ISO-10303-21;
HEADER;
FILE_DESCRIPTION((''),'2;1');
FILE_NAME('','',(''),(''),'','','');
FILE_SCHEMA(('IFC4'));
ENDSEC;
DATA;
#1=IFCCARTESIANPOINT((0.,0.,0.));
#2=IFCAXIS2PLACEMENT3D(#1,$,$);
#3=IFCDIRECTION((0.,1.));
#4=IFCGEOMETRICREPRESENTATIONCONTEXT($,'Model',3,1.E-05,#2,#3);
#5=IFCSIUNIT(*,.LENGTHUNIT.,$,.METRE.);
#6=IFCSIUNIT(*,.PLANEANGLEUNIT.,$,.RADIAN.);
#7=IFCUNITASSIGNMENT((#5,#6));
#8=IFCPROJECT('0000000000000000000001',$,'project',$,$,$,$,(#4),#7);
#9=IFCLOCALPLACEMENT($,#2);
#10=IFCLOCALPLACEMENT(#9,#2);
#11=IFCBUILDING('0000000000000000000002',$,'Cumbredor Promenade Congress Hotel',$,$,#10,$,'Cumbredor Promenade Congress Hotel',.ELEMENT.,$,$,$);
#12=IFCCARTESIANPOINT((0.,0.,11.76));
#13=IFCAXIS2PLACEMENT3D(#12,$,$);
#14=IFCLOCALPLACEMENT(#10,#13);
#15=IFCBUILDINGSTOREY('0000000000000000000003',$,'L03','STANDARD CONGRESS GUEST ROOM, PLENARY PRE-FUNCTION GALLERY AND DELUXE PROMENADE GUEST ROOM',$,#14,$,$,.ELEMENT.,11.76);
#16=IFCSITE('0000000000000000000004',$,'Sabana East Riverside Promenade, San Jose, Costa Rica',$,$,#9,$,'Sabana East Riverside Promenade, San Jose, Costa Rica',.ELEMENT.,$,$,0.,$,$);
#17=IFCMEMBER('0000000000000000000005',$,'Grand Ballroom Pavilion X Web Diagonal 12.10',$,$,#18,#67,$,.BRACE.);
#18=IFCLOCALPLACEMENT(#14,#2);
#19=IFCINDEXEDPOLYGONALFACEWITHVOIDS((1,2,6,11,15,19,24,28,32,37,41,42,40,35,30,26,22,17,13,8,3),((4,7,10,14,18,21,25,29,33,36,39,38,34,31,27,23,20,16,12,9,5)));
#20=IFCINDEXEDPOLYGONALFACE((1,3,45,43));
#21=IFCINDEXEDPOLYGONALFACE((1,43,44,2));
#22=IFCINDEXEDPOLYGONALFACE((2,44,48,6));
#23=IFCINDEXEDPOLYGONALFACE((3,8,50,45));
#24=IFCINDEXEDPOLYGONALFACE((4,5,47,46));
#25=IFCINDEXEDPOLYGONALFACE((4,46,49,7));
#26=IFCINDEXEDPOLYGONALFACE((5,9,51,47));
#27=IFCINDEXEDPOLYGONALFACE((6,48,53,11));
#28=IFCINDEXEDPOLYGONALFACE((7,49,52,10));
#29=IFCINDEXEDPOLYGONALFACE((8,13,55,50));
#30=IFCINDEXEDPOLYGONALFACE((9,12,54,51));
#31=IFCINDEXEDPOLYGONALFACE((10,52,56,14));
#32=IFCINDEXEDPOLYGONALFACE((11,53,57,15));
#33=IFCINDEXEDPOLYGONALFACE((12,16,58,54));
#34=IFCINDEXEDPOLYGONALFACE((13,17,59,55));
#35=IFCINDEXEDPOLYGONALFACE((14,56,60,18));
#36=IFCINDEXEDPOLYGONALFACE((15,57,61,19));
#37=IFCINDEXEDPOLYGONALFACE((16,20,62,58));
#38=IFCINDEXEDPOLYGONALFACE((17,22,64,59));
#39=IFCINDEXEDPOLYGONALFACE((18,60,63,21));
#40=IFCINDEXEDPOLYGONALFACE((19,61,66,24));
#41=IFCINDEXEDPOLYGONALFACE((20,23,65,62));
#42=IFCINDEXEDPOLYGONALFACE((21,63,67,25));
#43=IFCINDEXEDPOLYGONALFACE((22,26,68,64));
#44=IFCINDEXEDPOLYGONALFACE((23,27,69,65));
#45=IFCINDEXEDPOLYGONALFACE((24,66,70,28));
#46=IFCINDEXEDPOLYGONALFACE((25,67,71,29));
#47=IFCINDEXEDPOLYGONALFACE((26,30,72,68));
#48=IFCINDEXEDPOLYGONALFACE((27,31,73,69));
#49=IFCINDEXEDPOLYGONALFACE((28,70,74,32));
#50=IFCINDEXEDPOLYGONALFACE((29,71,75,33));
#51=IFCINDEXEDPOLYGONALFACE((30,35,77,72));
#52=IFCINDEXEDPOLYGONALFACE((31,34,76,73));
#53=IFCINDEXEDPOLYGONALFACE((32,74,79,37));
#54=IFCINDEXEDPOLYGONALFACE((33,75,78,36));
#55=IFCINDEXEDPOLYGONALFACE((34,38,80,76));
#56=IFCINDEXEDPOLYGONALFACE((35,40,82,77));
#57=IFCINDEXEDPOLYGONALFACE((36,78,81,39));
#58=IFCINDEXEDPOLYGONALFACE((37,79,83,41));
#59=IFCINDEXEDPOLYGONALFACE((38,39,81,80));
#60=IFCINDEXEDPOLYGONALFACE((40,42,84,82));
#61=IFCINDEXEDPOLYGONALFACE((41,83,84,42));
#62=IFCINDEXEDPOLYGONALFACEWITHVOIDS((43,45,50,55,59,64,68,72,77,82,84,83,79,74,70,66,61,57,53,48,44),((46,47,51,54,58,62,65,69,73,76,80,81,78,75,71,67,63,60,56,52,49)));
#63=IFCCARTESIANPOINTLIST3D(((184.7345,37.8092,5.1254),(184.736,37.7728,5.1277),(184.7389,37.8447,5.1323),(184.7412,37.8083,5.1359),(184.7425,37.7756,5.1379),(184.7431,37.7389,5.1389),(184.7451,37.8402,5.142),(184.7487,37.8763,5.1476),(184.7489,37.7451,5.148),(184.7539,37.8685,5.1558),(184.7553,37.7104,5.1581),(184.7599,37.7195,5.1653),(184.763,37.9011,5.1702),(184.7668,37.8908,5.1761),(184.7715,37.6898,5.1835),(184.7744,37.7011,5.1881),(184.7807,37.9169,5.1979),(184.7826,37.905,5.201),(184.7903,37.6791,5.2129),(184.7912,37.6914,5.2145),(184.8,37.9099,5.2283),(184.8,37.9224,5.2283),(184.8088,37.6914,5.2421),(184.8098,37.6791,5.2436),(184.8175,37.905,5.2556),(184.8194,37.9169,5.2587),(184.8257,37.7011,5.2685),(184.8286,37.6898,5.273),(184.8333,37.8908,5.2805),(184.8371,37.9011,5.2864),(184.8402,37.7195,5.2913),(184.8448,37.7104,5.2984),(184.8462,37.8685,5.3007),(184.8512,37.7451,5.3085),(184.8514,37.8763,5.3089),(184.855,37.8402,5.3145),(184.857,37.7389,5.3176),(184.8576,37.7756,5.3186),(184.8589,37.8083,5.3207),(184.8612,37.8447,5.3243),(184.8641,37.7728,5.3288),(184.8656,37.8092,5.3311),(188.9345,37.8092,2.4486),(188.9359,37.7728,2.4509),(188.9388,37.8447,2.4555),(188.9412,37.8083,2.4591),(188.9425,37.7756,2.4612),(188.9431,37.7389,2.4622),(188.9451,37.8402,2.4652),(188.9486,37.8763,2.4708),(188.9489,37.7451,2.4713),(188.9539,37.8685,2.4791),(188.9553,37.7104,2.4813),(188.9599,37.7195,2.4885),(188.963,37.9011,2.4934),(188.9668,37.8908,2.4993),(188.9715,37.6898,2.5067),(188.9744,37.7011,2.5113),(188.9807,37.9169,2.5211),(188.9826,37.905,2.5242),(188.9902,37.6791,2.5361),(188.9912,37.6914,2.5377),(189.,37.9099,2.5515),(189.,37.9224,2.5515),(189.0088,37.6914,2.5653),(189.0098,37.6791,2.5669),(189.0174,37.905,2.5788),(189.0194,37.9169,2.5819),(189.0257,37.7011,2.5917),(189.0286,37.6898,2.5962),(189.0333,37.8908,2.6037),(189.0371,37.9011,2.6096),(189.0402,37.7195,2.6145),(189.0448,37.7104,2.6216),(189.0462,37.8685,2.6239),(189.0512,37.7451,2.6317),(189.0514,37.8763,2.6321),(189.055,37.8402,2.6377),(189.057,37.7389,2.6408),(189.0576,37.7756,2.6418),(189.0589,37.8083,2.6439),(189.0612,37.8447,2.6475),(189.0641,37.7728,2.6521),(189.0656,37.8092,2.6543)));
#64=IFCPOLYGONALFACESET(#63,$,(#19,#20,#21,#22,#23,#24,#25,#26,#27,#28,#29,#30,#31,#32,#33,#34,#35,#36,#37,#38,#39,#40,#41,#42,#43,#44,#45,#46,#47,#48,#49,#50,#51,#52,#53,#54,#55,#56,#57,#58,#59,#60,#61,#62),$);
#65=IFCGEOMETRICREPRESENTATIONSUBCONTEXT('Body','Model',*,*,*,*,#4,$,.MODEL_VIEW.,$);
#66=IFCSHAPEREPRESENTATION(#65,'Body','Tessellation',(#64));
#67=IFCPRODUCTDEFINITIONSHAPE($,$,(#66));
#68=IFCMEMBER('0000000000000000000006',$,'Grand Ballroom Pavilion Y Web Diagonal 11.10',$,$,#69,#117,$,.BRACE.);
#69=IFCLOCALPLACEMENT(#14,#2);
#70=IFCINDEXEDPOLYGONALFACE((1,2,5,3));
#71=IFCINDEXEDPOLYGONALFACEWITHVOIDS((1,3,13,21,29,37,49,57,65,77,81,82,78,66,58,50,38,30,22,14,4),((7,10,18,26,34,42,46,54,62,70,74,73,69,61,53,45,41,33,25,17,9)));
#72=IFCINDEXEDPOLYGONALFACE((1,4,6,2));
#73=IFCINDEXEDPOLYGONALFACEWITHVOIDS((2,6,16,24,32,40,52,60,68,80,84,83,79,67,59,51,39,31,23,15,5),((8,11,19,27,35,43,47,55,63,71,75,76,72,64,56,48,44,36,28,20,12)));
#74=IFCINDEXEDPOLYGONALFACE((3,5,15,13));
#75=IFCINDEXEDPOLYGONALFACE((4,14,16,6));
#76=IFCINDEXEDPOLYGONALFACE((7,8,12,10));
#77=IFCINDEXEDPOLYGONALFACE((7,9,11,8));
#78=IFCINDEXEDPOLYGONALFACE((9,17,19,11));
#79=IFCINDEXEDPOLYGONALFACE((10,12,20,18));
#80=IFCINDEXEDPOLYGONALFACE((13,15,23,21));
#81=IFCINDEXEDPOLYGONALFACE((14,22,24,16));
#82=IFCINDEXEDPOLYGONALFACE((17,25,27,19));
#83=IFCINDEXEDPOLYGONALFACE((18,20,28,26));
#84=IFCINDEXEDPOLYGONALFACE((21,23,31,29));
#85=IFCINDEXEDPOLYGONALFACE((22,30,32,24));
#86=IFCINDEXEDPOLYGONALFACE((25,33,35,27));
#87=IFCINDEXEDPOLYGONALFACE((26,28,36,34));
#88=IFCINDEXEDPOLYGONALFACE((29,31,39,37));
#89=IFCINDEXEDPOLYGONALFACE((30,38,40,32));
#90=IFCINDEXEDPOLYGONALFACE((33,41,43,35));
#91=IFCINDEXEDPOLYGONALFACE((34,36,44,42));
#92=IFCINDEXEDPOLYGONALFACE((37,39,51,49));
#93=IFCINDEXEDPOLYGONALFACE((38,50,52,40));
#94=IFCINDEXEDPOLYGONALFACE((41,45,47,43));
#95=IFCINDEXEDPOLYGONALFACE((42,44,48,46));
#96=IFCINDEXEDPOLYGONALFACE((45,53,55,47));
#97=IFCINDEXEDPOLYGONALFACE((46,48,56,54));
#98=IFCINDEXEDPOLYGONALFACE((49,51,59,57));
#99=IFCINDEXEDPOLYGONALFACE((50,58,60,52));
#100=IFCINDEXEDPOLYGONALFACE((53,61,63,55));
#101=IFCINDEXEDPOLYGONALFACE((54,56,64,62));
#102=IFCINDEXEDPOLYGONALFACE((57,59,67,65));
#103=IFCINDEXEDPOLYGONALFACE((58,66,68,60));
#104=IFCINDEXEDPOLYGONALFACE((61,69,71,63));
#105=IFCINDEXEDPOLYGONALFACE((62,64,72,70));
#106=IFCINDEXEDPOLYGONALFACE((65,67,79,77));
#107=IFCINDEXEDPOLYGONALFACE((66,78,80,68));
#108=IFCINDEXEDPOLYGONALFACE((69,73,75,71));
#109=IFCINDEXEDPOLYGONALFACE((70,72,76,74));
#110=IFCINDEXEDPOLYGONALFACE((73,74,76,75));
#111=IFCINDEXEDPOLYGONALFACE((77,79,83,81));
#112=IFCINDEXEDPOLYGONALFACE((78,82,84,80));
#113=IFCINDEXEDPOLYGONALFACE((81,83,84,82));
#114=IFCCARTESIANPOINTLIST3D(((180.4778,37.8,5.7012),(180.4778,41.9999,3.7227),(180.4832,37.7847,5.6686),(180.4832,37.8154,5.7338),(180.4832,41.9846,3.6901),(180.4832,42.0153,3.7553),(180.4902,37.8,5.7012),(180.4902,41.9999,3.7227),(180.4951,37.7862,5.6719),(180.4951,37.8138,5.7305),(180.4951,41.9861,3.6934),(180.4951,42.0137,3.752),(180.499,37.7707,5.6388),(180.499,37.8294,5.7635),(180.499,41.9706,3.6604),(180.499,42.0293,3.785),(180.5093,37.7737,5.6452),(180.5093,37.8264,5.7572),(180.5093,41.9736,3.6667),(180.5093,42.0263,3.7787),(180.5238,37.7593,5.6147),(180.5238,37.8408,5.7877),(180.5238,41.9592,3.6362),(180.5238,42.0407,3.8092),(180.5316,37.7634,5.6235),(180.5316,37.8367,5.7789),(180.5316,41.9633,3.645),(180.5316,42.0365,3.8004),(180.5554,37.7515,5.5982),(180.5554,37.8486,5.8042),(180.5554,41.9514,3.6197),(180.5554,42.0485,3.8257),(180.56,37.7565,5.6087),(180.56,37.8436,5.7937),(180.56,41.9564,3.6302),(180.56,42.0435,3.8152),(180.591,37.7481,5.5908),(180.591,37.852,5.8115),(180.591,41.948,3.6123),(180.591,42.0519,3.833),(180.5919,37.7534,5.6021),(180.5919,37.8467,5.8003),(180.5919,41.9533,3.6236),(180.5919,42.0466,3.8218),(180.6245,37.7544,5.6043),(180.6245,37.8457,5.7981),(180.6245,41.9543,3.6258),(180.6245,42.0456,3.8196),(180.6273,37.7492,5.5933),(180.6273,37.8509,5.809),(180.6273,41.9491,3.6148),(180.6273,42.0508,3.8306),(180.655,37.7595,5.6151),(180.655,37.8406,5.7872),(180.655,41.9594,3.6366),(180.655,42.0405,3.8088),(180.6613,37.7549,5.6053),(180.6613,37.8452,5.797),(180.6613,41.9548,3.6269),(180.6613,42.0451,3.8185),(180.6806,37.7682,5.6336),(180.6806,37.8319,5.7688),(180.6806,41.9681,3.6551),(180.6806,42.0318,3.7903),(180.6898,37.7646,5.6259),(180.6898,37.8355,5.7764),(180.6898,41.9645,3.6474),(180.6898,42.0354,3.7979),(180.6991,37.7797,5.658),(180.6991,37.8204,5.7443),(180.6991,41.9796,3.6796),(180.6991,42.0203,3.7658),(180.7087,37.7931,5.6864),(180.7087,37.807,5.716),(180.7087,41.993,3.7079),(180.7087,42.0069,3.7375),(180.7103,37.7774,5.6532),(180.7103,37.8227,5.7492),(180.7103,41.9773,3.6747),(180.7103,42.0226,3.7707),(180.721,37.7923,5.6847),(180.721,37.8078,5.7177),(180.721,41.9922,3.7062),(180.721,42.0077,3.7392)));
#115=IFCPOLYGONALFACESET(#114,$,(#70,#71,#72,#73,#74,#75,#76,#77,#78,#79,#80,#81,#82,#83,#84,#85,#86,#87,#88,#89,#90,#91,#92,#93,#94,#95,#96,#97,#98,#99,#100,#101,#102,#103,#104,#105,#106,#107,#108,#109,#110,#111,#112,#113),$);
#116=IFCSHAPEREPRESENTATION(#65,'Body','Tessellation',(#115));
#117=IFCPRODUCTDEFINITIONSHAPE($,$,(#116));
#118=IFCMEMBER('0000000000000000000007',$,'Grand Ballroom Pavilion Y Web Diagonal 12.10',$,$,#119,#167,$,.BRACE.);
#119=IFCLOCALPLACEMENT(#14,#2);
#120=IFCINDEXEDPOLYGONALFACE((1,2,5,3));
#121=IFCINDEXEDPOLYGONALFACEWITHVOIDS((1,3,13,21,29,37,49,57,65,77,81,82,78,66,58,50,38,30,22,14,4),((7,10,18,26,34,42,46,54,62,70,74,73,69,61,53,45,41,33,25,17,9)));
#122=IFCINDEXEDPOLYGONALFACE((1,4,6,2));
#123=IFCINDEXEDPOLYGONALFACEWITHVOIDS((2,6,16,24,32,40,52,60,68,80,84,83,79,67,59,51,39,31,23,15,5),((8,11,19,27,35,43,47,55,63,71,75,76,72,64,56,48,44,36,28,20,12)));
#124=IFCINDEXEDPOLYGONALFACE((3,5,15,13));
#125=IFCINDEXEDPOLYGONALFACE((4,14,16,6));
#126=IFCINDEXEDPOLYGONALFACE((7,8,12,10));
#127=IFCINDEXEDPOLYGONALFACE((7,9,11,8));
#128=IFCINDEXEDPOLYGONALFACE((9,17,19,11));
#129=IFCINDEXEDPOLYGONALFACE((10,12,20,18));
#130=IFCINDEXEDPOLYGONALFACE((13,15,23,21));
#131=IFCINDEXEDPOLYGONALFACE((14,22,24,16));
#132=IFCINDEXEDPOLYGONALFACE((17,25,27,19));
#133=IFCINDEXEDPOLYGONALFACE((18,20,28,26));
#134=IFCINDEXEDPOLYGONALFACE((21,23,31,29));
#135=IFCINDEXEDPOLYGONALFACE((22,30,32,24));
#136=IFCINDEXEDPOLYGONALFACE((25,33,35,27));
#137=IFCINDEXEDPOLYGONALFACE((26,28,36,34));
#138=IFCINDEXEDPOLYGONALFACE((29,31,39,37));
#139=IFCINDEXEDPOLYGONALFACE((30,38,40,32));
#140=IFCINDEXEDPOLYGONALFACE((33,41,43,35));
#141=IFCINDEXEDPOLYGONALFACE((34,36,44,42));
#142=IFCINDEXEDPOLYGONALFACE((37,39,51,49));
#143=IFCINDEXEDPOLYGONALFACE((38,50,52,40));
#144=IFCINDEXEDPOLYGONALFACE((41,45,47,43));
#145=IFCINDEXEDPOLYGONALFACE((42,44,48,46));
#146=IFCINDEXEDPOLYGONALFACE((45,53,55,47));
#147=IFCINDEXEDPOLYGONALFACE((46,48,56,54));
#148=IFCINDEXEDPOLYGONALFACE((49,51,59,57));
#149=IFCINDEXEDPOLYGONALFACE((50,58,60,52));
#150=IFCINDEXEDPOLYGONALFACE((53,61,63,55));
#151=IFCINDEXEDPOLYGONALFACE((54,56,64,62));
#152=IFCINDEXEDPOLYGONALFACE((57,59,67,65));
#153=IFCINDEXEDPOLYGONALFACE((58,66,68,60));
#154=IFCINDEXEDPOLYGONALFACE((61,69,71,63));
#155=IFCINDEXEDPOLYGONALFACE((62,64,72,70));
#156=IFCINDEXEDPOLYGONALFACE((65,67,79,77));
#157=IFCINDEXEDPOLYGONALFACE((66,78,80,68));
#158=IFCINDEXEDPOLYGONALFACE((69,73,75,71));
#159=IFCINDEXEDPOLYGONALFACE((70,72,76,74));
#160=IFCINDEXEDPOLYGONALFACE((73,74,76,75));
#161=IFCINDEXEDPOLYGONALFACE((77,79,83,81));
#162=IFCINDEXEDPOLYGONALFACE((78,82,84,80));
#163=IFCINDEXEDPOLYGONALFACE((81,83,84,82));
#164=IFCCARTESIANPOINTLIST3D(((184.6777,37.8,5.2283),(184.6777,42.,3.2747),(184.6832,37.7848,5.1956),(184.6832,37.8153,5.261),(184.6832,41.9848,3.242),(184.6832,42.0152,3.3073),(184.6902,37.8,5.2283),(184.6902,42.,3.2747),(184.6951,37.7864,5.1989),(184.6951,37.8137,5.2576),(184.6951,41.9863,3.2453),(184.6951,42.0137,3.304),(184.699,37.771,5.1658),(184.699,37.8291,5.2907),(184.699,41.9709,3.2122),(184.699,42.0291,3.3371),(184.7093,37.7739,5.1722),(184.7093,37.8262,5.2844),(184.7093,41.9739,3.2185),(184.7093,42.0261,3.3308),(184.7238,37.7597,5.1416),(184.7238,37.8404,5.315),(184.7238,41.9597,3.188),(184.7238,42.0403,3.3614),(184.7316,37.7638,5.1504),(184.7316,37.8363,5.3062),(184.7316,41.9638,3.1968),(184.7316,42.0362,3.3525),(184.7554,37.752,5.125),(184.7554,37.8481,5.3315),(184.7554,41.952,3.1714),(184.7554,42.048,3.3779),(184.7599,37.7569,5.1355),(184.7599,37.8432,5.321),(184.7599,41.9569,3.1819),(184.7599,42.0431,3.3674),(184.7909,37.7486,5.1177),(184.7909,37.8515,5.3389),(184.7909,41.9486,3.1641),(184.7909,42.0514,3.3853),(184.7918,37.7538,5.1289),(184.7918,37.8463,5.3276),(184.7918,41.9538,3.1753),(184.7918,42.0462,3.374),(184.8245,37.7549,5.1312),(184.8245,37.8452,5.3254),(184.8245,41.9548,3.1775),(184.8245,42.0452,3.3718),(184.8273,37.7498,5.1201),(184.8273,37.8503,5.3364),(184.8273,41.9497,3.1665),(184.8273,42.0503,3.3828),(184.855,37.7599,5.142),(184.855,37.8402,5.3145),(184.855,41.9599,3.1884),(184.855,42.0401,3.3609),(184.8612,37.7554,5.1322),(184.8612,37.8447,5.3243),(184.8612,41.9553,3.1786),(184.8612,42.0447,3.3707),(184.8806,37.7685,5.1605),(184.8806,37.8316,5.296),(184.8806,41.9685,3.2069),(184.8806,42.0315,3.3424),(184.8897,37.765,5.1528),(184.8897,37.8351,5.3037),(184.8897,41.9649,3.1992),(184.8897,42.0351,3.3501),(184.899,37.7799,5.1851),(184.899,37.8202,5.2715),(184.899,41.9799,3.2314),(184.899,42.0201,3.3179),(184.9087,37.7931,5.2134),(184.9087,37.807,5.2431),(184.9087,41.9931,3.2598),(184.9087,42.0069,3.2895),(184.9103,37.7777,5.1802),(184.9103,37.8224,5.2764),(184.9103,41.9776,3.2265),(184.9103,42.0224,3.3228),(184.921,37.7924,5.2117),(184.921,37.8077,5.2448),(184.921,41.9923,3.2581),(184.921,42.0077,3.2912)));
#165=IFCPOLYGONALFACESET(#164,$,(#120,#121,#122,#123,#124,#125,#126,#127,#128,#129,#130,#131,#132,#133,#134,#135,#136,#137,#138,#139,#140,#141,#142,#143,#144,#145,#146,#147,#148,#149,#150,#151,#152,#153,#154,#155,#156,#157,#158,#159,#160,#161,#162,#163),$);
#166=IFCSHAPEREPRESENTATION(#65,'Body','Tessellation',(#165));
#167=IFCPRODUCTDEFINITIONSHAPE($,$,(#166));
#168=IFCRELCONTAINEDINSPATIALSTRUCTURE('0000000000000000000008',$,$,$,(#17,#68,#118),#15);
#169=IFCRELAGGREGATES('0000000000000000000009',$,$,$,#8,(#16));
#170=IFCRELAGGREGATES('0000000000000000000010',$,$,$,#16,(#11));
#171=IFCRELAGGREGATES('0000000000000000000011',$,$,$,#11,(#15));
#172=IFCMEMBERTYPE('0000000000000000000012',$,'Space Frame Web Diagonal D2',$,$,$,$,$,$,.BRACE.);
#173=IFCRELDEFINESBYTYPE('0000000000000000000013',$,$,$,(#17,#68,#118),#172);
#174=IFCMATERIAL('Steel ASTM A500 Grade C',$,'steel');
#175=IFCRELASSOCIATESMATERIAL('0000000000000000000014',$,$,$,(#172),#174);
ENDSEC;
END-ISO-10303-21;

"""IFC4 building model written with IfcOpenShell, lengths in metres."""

from ifc_helpers import new_model, si_unit, direction, frame, origin, origin_2d, place, context, subcontext, project, spatial, hollow_circle, extrude, material, material_profile, profile_set, type_object, element, save


model = new_model("IFC4")

# Units and contexts
model_context = context("Model", 3, precision=1e-05, world=origin(), true_north=direction((0.0, 1.0)))
body_context = subcontext(model_context, "Body", "Model", "MODEL_VIEW")
ifc_project = project(units=[si_unit("LENGTHUNIT", "METRE"), si_unit("PLANEANGLEUNIT", "RADIAN")], contexts=[model_context])

# Site, building, storey
site_placement = place(None, origin())
site = spatial("IfcSite", under=ifc_project, at=site_placement, Name="Sabana East Riverside Promenade, San Jose, Costa Rica", LongName="Sabana East Riverside Promenade, San Jose, Costa Rica", CompositionType="ELEMENT", RefElevation=0.0)
building_placement = place(site_placement, origin())
building = spatial("IfcBuilding", under=site, at=building_placement, Name="Cumbredor Promenade Congress Hotel", LongName="Cumbredor Promenade Congress Hotel", CompositionType="ELEMENT")
storey_placement = place(building_placement, frame((0.0, 0.0, 11.76)))
storey = spatial("IfcBuildingStorey", under=building, at=storey_placement, Name="L03", Description="STANDARD CONGRESS GUEST ROOM, PLENARY PRE-FUNCTION GALLERY AND DELUXE PROMENADE GUEST ROOM", CompositionType="ELEMENT", Elevation=11.76)

# Shared definitions
ifc_material_1 = material(Name="Steel ASTM A500 Grade C", Category="steel")

# Members
ifc_material_profile_1 = material_profile(ifc_material_1, hollow_circle(Radius=0.1223, WallThickness=0.0125, at=origin_2d()), Name="CHS 244.5x12.5")
ifc_profile_set_1 = profile_set([ifc_material_profile_1], Name="Steel ASTM A500 Grade C")
member_type_1 = type_object("IfcMemberType", Name="Space Frame Web Diagonal D2", PredefinedType="BRACE", material=ifc_profile_set_1)
member_1_placement = place(storey_placement, frame((184.8, 37.8, 5.2283), z_axis=(0.843292, 0.0, -0.537456), x_axis=(0.0, 1.0, 0.0)))
element("IfcMember", 1, at=member_1_placement, inside=storey, type_object=member_type_1, Name="Grand Ballroom Pavilion X Web Diagonal 12.10", PredefinedType="BRACE", context=body_context, shape_type="SweptSolid", body=[
    extrude(hollow_circle(Radius=0.1223, WallThickness=0.0125, at=origin_2d()), origin(), (0.0, 0.0, 1.0), 4.9805),
])
member_2_placement = place(storey_placement, frame((180.6001, 37.8, 5.7012), z_axis=(0.0, 0.904647, -0.426162), x_axis=(-1.0, 0.0, 0.0)))
element("IfcMember", 2, at=member_2_placement, inside=storey, type_object=member_type_1, Name="Grand Ballroom Pavilion Y Web Diagonal 11.10", PredefinedType="BRACE", context=body_context, shape_type="SweptSolid", body=[
    extrude(hollow_circle(Radius=0.1223, WallThickness=0.0125, at=origin_2d()), origin(), (0.0, 0.0, 1.0), 4.6426),
])
member_3_placement = place(storey_placement, frame((184.8, 37.8, 5.2283), z_axis=(0.0, 0.906709, -0.421757), x_axis=(-1.0, 0.0, 0.0)))
element("IfcMember", 3, at=member_3_placement, inside=storey, type_object=member_type_1, Name="Grand Ballroom Pavilion Y Web Diagonal 12.10", PredefinedType="BRACE", context=body_context, shape_type="SweptSolid", body=[
    extrude(hollow_circle(Radius=0.1223, WallThickness=0.0125, at=origin_2d()), origin(), (0.0, 0.0, 1.0), 4.6321),
])

save(model, "model.ifc")
